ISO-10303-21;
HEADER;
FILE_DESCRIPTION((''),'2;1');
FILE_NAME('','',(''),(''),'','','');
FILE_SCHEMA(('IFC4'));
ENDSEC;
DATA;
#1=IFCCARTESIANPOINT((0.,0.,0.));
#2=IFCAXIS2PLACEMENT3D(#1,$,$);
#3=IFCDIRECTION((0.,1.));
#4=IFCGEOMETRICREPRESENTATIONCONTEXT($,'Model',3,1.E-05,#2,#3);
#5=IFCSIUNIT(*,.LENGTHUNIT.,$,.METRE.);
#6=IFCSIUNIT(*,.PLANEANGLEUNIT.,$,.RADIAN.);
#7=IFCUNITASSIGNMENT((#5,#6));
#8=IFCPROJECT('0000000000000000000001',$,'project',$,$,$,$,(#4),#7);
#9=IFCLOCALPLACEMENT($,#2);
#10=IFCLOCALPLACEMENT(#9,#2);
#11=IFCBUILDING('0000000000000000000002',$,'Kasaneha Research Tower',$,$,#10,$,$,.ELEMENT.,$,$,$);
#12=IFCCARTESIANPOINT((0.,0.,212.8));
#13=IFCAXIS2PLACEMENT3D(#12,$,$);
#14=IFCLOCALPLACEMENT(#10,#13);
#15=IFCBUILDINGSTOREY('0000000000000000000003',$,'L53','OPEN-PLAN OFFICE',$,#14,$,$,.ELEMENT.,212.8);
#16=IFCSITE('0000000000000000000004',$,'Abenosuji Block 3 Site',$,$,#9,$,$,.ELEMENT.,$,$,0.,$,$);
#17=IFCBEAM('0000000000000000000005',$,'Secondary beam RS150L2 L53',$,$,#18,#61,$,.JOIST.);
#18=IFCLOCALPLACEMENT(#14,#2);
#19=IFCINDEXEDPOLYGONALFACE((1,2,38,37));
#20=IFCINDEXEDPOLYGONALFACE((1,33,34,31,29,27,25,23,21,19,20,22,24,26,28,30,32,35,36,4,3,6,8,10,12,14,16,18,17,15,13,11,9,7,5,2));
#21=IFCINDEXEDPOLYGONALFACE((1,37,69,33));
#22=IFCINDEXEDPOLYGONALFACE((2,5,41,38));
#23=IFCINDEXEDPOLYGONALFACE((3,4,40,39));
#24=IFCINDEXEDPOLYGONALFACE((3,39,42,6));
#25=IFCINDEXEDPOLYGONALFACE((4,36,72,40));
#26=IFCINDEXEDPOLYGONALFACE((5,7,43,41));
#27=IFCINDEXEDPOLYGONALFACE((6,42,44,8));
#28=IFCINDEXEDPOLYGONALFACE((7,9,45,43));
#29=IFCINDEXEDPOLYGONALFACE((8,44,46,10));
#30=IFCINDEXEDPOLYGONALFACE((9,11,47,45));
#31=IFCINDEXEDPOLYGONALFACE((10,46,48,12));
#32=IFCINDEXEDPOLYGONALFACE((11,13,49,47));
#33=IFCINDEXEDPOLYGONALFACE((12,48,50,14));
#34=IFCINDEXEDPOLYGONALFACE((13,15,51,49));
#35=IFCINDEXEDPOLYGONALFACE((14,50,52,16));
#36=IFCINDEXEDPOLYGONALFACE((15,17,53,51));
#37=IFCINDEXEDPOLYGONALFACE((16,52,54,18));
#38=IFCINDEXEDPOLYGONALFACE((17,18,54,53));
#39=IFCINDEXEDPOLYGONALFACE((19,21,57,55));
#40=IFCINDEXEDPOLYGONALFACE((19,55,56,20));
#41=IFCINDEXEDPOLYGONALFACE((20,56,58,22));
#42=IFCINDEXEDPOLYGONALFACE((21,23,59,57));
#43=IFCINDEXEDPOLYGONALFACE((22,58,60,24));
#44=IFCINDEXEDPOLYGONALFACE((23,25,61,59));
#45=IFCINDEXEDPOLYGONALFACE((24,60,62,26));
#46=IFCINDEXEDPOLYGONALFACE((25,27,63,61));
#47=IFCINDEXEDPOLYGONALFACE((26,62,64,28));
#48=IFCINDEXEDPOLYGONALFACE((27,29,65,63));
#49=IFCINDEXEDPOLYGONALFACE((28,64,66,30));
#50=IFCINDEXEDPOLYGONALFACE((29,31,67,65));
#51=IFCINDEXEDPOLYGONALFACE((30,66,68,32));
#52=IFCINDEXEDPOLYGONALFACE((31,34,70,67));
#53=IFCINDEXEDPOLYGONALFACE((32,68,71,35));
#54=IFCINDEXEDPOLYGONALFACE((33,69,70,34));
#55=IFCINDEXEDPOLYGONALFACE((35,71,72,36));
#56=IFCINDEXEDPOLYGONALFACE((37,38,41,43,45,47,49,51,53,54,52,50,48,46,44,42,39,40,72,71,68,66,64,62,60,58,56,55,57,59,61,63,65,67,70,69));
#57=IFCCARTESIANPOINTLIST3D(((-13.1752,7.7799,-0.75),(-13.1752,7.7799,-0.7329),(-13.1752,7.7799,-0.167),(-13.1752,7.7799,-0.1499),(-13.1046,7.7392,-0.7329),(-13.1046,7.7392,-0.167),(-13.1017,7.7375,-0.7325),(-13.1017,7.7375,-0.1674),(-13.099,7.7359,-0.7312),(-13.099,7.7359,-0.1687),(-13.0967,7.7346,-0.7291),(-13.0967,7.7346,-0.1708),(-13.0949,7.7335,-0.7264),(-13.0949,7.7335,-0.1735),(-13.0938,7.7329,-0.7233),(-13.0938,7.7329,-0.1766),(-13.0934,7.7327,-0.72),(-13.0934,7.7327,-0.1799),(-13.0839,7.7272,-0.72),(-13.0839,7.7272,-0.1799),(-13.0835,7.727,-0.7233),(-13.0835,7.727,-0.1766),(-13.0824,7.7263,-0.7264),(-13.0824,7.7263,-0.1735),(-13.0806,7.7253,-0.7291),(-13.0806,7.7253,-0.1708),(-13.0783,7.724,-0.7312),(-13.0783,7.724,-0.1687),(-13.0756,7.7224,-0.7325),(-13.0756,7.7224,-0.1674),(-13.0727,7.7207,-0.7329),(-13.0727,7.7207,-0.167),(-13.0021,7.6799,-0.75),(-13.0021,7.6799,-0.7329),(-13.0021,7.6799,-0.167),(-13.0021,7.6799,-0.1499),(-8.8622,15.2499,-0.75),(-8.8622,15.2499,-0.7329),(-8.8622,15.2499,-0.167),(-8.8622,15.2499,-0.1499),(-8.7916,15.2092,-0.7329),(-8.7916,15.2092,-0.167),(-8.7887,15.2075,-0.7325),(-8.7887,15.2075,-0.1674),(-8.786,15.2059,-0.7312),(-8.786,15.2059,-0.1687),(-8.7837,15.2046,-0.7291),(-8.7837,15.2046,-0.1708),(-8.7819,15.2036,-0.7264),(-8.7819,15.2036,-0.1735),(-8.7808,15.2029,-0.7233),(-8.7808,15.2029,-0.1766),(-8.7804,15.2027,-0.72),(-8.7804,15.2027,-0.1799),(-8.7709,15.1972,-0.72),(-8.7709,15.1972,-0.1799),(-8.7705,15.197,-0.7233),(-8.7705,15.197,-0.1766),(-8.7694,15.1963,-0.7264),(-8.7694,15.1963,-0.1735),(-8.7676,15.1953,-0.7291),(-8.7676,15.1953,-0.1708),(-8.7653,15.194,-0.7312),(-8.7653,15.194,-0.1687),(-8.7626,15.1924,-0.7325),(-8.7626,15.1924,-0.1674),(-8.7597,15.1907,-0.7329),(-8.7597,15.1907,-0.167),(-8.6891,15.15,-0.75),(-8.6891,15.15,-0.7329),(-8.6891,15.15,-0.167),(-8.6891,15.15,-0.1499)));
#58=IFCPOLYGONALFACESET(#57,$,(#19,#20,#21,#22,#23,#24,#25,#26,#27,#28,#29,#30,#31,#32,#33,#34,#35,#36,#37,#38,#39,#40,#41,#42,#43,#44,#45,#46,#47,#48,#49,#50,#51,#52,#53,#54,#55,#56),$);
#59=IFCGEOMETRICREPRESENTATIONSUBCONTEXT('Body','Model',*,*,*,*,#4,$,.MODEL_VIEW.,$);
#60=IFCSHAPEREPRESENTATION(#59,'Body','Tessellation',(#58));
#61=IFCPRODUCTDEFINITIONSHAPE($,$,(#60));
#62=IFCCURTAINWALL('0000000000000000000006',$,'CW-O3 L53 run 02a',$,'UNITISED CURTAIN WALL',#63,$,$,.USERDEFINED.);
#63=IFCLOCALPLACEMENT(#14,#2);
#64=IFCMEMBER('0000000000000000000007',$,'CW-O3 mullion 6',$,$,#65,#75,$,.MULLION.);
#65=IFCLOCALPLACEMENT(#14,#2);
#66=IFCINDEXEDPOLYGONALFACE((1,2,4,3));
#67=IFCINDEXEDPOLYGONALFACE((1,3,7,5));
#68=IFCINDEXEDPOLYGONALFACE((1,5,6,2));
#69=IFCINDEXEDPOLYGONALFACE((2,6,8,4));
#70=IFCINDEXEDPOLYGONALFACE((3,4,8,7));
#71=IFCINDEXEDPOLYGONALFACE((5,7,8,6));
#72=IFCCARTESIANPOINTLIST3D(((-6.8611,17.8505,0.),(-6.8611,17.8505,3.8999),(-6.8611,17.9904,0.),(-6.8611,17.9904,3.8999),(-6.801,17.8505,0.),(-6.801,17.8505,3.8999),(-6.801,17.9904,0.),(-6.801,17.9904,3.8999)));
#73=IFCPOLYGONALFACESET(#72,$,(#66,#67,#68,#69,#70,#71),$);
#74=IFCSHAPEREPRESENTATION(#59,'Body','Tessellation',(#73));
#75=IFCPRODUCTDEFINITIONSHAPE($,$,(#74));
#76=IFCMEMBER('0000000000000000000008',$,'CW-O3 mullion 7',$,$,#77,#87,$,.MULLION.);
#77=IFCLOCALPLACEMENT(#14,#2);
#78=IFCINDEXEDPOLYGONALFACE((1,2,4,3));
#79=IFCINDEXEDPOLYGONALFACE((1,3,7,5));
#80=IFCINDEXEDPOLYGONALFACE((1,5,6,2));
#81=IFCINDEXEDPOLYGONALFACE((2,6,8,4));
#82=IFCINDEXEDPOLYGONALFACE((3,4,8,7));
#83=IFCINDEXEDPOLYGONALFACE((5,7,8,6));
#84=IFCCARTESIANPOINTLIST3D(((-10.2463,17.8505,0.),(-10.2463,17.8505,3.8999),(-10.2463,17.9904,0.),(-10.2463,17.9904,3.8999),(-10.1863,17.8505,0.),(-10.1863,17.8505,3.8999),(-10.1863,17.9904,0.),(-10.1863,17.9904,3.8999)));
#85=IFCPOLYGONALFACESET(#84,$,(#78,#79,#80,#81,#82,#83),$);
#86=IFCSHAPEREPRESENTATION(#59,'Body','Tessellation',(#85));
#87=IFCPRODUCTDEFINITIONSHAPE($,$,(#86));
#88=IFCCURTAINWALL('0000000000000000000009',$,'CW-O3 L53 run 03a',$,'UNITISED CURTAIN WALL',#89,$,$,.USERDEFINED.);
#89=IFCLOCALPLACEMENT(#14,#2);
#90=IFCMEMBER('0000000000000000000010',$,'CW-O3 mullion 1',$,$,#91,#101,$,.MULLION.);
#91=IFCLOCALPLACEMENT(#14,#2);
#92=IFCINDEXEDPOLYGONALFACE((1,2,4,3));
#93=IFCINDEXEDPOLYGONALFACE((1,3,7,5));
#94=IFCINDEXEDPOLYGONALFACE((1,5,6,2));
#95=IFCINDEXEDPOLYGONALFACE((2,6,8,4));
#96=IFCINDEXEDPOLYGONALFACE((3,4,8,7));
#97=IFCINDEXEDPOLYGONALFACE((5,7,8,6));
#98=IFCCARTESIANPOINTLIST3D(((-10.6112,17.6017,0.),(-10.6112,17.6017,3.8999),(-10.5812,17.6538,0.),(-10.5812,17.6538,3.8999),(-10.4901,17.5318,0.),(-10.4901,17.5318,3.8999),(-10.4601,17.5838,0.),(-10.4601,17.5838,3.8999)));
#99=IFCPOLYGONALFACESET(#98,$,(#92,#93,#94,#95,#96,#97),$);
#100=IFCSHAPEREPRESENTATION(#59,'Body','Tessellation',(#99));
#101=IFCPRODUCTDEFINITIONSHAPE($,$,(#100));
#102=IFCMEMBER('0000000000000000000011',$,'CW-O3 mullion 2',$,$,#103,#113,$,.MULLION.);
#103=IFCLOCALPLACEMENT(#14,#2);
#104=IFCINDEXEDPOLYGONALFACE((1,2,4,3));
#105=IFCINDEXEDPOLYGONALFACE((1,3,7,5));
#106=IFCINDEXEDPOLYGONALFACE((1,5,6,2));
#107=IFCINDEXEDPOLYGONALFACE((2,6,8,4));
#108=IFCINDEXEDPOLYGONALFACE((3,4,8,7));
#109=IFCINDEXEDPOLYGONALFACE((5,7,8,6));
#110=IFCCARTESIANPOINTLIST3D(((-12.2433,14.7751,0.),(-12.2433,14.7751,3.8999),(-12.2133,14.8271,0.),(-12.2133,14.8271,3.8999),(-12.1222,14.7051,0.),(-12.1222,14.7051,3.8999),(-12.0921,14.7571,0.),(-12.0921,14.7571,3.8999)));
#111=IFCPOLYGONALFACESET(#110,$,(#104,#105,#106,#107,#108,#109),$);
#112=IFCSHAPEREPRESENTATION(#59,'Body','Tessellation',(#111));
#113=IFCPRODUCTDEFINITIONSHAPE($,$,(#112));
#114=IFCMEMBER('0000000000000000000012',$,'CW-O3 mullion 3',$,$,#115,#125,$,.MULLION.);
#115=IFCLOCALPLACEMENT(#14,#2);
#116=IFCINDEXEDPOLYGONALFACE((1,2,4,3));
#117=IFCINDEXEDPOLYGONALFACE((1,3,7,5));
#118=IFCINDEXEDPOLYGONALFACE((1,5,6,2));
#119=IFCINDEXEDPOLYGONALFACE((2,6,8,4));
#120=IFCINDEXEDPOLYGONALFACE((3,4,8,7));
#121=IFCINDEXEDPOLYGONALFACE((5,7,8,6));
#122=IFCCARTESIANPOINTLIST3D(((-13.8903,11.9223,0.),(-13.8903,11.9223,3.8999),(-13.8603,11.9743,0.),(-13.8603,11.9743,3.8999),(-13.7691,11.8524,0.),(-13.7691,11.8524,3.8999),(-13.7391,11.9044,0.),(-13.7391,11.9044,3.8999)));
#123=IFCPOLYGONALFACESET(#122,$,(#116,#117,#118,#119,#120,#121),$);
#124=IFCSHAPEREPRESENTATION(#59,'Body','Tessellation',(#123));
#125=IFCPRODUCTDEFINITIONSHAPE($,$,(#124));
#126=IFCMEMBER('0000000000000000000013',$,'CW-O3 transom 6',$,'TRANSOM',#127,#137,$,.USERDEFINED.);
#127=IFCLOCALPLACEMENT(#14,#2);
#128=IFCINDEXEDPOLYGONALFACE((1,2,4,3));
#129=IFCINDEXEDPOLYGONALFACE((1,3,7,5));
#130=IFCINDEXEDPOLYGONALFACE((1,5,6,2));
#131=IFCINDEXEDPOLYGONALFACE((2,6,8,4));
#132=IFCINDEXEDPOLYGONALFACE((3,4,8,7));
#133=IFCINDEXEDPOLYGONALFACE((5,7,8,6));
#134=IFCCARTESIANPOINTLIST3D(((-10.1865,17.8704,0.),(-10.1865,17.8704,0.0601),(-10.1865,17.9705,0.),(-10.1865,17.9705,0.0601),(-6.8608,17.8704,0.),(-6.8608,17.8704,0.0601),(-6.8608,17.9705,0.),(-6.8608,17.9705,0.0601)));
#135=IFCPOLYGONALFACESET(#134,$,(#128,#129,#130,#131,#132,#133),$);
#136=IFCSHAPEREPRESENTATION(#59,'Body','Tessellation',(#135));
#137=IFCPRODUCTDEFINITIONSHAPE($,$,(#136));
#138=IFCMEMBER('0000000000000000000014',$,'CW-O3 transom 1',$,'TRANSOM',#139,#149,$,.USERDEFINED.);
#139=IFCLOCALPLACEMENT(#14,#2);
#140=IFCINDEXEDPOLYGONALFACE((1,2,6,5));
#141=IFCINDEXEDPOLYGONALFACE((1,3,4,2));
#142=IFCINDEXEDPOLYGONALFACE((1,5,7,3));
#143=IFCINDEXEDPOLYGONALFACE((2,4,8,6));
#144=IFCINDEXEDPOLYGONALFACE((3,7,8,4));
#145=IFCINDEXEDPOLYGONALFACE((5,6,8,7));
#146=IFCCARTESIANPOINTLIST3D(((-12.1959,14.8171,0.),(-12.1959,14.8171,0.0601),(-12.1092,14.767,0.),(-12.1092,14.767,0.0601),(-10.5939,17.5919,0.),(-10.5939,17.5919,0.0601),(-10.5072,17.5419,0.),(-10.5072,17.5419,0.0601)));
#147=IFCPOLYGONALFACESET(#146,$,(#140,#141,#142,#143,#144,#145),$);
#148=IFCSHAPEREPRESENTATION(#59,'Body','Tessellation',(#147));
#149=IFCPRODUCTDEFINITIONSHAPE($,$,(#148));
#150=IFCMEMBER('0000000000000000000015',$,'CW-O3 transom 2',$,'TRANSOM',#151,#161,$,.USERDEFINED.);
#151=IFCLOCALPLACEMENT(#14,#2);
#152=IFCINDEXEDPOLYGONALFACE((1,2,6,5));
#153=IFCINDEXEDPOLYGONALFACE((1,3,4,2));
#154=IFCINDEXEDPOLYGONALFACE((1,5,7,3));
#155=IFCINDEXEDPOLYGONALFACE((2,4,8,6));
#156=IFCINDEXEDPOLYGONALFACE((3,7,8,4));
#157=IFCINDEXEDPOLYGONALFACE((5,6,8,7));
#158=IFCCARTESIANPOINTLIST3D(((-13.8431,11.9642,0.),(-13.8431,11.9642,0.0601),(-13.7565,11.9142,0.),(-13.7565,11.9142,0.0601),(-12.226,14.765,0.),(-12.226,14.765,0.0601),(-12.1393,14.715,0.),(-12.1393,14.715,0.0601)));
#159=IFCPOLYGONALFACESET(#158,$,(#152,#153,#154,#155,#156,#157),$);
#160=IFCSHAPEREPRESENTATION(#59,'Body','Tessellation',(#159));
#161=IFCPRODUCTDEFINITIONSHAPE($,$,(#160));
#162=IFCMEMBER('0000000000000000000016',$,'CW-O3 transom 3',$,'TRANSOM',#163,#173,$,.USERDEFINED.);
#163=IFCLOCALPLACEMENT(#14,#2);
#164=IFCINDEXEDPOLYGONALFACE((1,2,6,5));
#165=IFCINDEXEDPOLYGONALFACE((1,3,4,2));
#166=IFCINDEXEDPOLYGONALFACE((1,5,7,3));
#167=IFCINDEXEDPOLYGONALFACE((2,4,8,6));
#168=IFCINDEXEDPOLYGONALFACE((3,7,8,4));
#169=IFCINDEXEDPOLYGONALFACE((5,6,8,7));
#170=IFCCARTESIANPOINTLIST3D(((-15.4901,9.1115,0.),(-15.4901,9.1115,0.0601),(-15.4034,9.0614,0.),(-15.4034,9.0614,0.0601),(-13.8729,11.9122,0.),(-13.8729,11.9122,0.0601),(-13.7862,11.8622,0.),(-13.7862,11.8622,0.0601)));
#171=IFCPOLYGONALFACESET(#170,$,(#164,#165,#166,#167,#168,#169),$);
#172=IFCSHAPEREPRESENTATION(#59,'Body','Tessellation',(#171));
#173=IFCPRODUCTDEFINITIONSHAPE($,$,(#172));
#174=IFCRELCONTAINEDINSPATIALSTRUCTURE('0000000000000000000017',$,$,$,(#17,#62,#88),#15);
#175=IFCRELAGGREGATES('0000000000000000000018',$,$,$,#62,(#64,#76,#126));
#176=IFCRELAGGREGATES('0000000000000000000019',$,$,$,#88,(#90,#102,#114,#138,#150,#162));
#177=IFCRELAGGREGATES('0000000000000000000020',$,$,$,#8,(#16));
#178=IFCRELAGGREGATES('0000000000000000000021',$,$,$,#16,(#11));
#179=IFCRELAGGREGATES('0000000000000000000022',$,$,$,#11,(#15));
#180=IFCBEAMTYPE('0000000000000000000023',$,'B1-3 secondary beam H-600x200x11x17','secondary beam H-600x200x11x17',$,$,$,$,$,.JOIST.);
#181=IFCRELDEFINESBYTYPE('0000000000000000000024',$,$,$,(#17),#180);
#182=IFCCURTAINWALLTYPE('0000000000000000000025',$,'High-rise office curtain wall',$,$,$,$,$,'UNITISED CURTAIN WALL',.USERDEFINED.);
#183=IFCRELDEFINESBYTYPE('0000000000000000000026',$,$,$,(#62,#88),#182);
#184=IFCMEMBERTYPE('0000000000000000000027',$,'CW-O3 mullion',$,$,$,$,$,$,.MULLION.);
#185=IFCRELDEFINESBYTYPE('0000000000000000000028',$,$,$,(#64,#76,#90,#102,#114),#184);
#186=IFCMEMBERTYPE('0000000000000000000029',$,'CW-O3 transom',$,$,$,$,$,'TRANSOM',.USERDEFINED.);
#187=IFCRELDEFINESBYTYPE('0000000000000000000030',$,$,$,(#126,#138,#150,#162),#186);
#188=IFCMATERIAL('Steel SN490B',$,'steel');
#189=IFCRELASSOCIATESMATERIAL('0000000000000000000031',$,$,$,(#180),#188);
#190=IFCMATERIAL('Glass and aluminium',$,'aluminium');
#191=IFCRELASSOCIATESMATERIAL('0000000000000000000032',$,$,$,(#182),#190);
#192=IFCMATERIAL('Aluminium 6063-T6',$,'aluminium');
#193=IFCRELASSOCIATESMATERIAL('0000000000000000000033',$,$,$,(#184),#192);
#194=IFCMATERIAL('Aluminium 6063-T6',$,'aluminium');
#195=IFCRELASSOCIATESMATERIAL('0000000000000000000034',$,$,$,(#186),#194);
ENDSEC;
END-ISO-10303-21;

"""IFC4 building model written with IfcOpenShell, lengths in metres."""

from ifc_helpers import new_model, si_unit, direction, frame, origin, origin_2d, place, context, subcontext, project, spatial, rectangle, i_section, extrude, material, material_profile, profile_set, type_object, element, aggregate, save


model = new_model("IFC4")

# Units and contexts
model_context = context("Model", 3, precision=1e-05, world=origin(), true_north=direction((0.0, 1.0)))
body_context = subcontext(model_context, "Body", "Model", "MODEL_VIEW")
ifc_project = project(units=[si_unit("LENGTHUNIT", "METRE"), si_unit("PLANEANGLEUNIT", "RADIAN")], contexts=[model_context])

# Site, building, storey
site_placement = place(None, origin())
site = spatial("IfcSite", under=ifc_project, at=site_placement, Name="Abenosuji Block 3 Site", CompositionType="ELEMENT", RefElevation=0.0)
building_placement = place(site_placement, origin())
building = spatial("IfcBuilding", under=site, at=building_placement, Name="Kasaneha Research Tower", CompositionType="ELEMENT")
storey_placement = place(building_placement, frame((0.0, 0.0, 212.8)))
storey = spatial("IfcBuildingStorey", under=building, at=storey_placement, Name="L53", Description="OPEN-PLAN OFFICE", CompositionType="ELEMENT", Elevation=212.8)

# Beam
ifc_material_1 = material(Name="Steel SN490B", Category="steel")
ifc_material_profile_1 = material_profile(ifc_material_1, i_section(OverallWidth=0.2, OverallDepth=0.6001, WebThickness=0.011, FlangeThickness=0.0171, FilletRadius=0.0129, at=origin_2d()), Name="H-600x200x11x17")
ifc_profile_set_1 = profile_set([ifc_material_profile_1], Name="Steel SN490B")
beam_type_1 = type_object("IfcBeamType", Name="B1-3 secondary beam H-600x200x11x17", Description="secondary beam H-600x200x11x17", PredefinedType="JOIST", material=ifc_profile_set_1)
beam_1_placement = place(storey_placement, frame((-8.7756, 15.2, -0.45), z_axis=(-0.500017, -0.866015, 0.0), x_axis=(0.866015, -0.500017, 0.0)))
element("IfcBeam", 1, at=beam_1_placement, inside=storey, type_object=beam_type_1, Name="Secondary beam RS150L2 L53", PredefinedType="JOIST", context=body_context, shape_type="SweptSolid", body=[
    extrude(i_section(OverallWidth=0.2, OverallDepth=0.6001, WebThickness=0.011, FlangeThickness=0.0171, FilletRadius=0.0129, at=origin_2d()), origin(), (0.0, 0.0, 1.0), 8.6257),
])

# Curtain walls, members
ifc_material_2 = material(Name="Glass and aluminium", Category="aluminium")
curtain_wall_type = type_object("IfcCurtainWallType", Name="High-rise office curtain wall", ElementType="UNITISED CURTAIN WALL", PredefinedType="USERDEFINED", material=ifc_material_2)
curtain_wall_1_placement = place(storey_placement, origin())
curtain_wall_1 = element("IfcCurtainWall", 2, at=curtain_wall_1_placement, inside=storey, type_object=curtain_wall_type, Name="CW-O3 L53 run 02a", ObjectType="UNITISED CURTAIN WALL", PredefinedType="USERDEFINED")
ifc_material_3 = material(Name="Aluminium 6063-T6", Category="aluminium")
ifc_material_profile_2 = material_profile(ifc_material_3, rectangle(XDim=0.0601, YDim=0.1399, at=origin_2d()), Name="CW-O3 mullion 60x140")
ifc_profile_set_2 = profile_set([ifc_material_profile_2], Name="Aluminium 6063-T6")
member_type_1 = type_object("IfcMemberType", Name="CW-O3 mullion", PredefinedType="MULLION", material=ifc_profile_set_2)
member_1_placement = place(storey_placement, frame((-6.8311, 17.9204, 0.0), z_axis=(0.0, 0.0, 1.0), x_axis=(-1.0, 0.0, 0.0)))
member_1 = element("IfcMember", 3, at=member_1_placement, type_object=member_type_1, Name="CW-O3 mullion 6", PredefinedType="MULLION", context=body_context, shape_type="SweptSolid", body=[
    extrude(rectangle(XDim=0.0601, YDim=0.1399, at=origin_2d()), origin(), (0.0, 0.0, 1.0), 3.8999),
])
member_2_placement = place(storey_placement, frame((-10.2163, 17.9204, 0.0), z_axis=(0.0, 0.0, 1.0), x_axis=(-1.0, 0.0, 0.0)))
member_2 = element("IfcMember", 4, at=member_2_placement, type_object=member_type_1, Name="CW-O3 mullion 7", PredefinedType="MULLION", context=body_context, shape_type="SweptSolid", body=[
    extrude(rectangle(XDim=0.0601, YDim=0.1399, at=origin_2d()), origin(), (0.0, 0.0, 1.0), 3.8999),
])
curtain_wall_2_placement = place(storey_placement, origin())
curtain_wall_2 = element("IfcCurtainWall", 5, at=curtain_wall_2_placement, inside=storey, type_object=curtain_wall_type, Name="CW-O3 L53 run 03a", ObjectType="UNITISED CURTAIN WALL", PredefinedType="USERDEFINED")
member_3_placement = place(storey_placement, frame((-10.5356, 17.5928, 0.0), z_axis=(0.0, 0.0, 1.0), x_axis=(-0.5, -0.866025, 0.0)))
member_3 = element("IfcMember", 6, at=member_3_placement, type_object=member_type_1, Name="CW-O3 mullion 1", PredefinedType="MULLION", context=body_context, shape_type="SweptSolid", body=[
    extrude(rectangle(XDim=0.0601, YDim=0.1399, at=origin_2d()), origin(), (0.0, 0.0, 1.0), 3.8999),
])
member_4_placement = place(storey_placement, frame((-12.1677, 14.7661, 0.0), z_axis=(0.0, 0.0, 1.0), x_axis=(-0.5, -0.866025, 0.0)))
member_4 = element("IfcMember", 7, at=member_4_placement, type_object=member_type_1, Name="CW-O3 mullion 2", PredefinedType="MULLION", context=body_context, shape_type="SweptSolid", body=[
    extrude(rectangle(XDim=0.0601, YDim=0.1399, at=origin_2d()), origin(), (0.0, 0.0, 1.0), 3.8999),
])
member_5_placement = place(storey_placement, frame((-13.8147, 11.9133, 0.0), z_axis=(0.0, 0.0, 1.0), x_axis=(-0.5, -0.866025, 0.0)))
member_5 = element("IfcMember", 8, at=member_5_placement, type_object=member_type_1, Name="CW-O3 mullion 3", PredefinedType="MULLION", context=body_context, shape_type="SweptSolid", body=[
    extrude(rectangle(XDim=0.0601, YDim=0.1399, at=origin_2d()), origin(), (0.0, 0.0, 1.0), 3.8999),
])

# Members
ifc_material_4 = material(Name="Aluminium 6063-T6", Category="aluminium")
ifc_material_profile_3 = material_profile(ifc_material_4, rectangle(XDim=0.1001, YDim=0.0601, at=origin_2d()), Name="CW-O3 transom 100x60")
ifc_profile_set_3 = profile_set([ifc_material_profile_3], Name="Aluminium 6063-T6")
member_type_2 = type_object("IfcMemberType", Name="CW-O3 transom", ElementType="TRANSOM", PredefinedType="USERDEFINED", material=ifc_profile_set_3)
member_6_placement = place(storey_placement, frame((-6.8608, 17.9204, 0.03), z_axis=(-1.0, 0.0, 0.0), x_axis=(0.0, -1.0, 0.0)))
member_6 = element("IfcMember", 9, at=member_6_placement, type_object=member_type_2, Name="CW-O3 transom 6", ObjectType="TRANSOM", PredefinedType="USERDEFINED", context=body_context, shape_type="SweptSolid", body=[
    extrude(rectangle(XDim=0.1001, YDim=0.0601, at=origin_2d()), origin(), (0.0, 0.0, 1.0), 3.3257),
])
member_7_placement = place(storey_placement, frame((-10.5505, 17.5669, 0.03), z_axis=(-0.499991, -0.866031, 0.0), x_axis=(0.866031, -0.499991, 0.0)))
member_7 = element("IfcMember", 10, at=member_7_placement, type_object=member_type_2, Name="CW-O3 transom 1", ObjectType="TRANSOM", PredefinedType="USERDEFINED", context=body_context, shape_type="SweptSolid", body=[
    extrude(rectangle(XDim=0.1001, YDim=0.0601, at=origin_2d()), origin(), (0.0, 0.0, 1.0), 3.2041),
])
member_8_placement = place(storey_placement, frame((-12.1826, 14.74, 0.03), z_axis=(-0.500036, -0.866005, 0.0), x_axis=(0.866005, -0.500036, 0.0)))
member_8 = element("IfcMember", 11, at=member_8_placement, type_object=member_type_2, Name="CW-O3 transom 2", ObjectType="TRANSOM", PredefinedType="USERDEFINED", context=body_context, shape_type="SweptSolid", body=[
    extrude(rectangle(XDim=0.1001, YDim=0.0601, at=origin_2d()), origin(), (0.0, 0.0, 1.0), 3.2341),
])
member_9_placement = place(storey_placement, frame((-13.8296, 11.8872, 0.03), z_axis=(-0.500036, -0.866005, 0.0), x_axis=(0.866005, -0.500036, 0.0)))
member_9 = element("IfcMember", 12, at=member_9_placement, type_object=member_type_2, Name="CW-O3 transom 3", ObjectType="TRANSOM", PredefinedType="USERDEFINED", context=body_context, shape_type="SweptSolid", body=[
    extrude(rectangle(XDim=0.1001, YDim=0.0601, at=origin_2d()), origin(), (0.0, 0.0, 1.0), 3.2341),
])

aggregate(curtain_wall_1, [member_1, member_2, member_6])
aggregate(curtain_wall_2, [member_3, member_4, member_5, member_7, member_8, member_9])

save(model, "model.ifc")
